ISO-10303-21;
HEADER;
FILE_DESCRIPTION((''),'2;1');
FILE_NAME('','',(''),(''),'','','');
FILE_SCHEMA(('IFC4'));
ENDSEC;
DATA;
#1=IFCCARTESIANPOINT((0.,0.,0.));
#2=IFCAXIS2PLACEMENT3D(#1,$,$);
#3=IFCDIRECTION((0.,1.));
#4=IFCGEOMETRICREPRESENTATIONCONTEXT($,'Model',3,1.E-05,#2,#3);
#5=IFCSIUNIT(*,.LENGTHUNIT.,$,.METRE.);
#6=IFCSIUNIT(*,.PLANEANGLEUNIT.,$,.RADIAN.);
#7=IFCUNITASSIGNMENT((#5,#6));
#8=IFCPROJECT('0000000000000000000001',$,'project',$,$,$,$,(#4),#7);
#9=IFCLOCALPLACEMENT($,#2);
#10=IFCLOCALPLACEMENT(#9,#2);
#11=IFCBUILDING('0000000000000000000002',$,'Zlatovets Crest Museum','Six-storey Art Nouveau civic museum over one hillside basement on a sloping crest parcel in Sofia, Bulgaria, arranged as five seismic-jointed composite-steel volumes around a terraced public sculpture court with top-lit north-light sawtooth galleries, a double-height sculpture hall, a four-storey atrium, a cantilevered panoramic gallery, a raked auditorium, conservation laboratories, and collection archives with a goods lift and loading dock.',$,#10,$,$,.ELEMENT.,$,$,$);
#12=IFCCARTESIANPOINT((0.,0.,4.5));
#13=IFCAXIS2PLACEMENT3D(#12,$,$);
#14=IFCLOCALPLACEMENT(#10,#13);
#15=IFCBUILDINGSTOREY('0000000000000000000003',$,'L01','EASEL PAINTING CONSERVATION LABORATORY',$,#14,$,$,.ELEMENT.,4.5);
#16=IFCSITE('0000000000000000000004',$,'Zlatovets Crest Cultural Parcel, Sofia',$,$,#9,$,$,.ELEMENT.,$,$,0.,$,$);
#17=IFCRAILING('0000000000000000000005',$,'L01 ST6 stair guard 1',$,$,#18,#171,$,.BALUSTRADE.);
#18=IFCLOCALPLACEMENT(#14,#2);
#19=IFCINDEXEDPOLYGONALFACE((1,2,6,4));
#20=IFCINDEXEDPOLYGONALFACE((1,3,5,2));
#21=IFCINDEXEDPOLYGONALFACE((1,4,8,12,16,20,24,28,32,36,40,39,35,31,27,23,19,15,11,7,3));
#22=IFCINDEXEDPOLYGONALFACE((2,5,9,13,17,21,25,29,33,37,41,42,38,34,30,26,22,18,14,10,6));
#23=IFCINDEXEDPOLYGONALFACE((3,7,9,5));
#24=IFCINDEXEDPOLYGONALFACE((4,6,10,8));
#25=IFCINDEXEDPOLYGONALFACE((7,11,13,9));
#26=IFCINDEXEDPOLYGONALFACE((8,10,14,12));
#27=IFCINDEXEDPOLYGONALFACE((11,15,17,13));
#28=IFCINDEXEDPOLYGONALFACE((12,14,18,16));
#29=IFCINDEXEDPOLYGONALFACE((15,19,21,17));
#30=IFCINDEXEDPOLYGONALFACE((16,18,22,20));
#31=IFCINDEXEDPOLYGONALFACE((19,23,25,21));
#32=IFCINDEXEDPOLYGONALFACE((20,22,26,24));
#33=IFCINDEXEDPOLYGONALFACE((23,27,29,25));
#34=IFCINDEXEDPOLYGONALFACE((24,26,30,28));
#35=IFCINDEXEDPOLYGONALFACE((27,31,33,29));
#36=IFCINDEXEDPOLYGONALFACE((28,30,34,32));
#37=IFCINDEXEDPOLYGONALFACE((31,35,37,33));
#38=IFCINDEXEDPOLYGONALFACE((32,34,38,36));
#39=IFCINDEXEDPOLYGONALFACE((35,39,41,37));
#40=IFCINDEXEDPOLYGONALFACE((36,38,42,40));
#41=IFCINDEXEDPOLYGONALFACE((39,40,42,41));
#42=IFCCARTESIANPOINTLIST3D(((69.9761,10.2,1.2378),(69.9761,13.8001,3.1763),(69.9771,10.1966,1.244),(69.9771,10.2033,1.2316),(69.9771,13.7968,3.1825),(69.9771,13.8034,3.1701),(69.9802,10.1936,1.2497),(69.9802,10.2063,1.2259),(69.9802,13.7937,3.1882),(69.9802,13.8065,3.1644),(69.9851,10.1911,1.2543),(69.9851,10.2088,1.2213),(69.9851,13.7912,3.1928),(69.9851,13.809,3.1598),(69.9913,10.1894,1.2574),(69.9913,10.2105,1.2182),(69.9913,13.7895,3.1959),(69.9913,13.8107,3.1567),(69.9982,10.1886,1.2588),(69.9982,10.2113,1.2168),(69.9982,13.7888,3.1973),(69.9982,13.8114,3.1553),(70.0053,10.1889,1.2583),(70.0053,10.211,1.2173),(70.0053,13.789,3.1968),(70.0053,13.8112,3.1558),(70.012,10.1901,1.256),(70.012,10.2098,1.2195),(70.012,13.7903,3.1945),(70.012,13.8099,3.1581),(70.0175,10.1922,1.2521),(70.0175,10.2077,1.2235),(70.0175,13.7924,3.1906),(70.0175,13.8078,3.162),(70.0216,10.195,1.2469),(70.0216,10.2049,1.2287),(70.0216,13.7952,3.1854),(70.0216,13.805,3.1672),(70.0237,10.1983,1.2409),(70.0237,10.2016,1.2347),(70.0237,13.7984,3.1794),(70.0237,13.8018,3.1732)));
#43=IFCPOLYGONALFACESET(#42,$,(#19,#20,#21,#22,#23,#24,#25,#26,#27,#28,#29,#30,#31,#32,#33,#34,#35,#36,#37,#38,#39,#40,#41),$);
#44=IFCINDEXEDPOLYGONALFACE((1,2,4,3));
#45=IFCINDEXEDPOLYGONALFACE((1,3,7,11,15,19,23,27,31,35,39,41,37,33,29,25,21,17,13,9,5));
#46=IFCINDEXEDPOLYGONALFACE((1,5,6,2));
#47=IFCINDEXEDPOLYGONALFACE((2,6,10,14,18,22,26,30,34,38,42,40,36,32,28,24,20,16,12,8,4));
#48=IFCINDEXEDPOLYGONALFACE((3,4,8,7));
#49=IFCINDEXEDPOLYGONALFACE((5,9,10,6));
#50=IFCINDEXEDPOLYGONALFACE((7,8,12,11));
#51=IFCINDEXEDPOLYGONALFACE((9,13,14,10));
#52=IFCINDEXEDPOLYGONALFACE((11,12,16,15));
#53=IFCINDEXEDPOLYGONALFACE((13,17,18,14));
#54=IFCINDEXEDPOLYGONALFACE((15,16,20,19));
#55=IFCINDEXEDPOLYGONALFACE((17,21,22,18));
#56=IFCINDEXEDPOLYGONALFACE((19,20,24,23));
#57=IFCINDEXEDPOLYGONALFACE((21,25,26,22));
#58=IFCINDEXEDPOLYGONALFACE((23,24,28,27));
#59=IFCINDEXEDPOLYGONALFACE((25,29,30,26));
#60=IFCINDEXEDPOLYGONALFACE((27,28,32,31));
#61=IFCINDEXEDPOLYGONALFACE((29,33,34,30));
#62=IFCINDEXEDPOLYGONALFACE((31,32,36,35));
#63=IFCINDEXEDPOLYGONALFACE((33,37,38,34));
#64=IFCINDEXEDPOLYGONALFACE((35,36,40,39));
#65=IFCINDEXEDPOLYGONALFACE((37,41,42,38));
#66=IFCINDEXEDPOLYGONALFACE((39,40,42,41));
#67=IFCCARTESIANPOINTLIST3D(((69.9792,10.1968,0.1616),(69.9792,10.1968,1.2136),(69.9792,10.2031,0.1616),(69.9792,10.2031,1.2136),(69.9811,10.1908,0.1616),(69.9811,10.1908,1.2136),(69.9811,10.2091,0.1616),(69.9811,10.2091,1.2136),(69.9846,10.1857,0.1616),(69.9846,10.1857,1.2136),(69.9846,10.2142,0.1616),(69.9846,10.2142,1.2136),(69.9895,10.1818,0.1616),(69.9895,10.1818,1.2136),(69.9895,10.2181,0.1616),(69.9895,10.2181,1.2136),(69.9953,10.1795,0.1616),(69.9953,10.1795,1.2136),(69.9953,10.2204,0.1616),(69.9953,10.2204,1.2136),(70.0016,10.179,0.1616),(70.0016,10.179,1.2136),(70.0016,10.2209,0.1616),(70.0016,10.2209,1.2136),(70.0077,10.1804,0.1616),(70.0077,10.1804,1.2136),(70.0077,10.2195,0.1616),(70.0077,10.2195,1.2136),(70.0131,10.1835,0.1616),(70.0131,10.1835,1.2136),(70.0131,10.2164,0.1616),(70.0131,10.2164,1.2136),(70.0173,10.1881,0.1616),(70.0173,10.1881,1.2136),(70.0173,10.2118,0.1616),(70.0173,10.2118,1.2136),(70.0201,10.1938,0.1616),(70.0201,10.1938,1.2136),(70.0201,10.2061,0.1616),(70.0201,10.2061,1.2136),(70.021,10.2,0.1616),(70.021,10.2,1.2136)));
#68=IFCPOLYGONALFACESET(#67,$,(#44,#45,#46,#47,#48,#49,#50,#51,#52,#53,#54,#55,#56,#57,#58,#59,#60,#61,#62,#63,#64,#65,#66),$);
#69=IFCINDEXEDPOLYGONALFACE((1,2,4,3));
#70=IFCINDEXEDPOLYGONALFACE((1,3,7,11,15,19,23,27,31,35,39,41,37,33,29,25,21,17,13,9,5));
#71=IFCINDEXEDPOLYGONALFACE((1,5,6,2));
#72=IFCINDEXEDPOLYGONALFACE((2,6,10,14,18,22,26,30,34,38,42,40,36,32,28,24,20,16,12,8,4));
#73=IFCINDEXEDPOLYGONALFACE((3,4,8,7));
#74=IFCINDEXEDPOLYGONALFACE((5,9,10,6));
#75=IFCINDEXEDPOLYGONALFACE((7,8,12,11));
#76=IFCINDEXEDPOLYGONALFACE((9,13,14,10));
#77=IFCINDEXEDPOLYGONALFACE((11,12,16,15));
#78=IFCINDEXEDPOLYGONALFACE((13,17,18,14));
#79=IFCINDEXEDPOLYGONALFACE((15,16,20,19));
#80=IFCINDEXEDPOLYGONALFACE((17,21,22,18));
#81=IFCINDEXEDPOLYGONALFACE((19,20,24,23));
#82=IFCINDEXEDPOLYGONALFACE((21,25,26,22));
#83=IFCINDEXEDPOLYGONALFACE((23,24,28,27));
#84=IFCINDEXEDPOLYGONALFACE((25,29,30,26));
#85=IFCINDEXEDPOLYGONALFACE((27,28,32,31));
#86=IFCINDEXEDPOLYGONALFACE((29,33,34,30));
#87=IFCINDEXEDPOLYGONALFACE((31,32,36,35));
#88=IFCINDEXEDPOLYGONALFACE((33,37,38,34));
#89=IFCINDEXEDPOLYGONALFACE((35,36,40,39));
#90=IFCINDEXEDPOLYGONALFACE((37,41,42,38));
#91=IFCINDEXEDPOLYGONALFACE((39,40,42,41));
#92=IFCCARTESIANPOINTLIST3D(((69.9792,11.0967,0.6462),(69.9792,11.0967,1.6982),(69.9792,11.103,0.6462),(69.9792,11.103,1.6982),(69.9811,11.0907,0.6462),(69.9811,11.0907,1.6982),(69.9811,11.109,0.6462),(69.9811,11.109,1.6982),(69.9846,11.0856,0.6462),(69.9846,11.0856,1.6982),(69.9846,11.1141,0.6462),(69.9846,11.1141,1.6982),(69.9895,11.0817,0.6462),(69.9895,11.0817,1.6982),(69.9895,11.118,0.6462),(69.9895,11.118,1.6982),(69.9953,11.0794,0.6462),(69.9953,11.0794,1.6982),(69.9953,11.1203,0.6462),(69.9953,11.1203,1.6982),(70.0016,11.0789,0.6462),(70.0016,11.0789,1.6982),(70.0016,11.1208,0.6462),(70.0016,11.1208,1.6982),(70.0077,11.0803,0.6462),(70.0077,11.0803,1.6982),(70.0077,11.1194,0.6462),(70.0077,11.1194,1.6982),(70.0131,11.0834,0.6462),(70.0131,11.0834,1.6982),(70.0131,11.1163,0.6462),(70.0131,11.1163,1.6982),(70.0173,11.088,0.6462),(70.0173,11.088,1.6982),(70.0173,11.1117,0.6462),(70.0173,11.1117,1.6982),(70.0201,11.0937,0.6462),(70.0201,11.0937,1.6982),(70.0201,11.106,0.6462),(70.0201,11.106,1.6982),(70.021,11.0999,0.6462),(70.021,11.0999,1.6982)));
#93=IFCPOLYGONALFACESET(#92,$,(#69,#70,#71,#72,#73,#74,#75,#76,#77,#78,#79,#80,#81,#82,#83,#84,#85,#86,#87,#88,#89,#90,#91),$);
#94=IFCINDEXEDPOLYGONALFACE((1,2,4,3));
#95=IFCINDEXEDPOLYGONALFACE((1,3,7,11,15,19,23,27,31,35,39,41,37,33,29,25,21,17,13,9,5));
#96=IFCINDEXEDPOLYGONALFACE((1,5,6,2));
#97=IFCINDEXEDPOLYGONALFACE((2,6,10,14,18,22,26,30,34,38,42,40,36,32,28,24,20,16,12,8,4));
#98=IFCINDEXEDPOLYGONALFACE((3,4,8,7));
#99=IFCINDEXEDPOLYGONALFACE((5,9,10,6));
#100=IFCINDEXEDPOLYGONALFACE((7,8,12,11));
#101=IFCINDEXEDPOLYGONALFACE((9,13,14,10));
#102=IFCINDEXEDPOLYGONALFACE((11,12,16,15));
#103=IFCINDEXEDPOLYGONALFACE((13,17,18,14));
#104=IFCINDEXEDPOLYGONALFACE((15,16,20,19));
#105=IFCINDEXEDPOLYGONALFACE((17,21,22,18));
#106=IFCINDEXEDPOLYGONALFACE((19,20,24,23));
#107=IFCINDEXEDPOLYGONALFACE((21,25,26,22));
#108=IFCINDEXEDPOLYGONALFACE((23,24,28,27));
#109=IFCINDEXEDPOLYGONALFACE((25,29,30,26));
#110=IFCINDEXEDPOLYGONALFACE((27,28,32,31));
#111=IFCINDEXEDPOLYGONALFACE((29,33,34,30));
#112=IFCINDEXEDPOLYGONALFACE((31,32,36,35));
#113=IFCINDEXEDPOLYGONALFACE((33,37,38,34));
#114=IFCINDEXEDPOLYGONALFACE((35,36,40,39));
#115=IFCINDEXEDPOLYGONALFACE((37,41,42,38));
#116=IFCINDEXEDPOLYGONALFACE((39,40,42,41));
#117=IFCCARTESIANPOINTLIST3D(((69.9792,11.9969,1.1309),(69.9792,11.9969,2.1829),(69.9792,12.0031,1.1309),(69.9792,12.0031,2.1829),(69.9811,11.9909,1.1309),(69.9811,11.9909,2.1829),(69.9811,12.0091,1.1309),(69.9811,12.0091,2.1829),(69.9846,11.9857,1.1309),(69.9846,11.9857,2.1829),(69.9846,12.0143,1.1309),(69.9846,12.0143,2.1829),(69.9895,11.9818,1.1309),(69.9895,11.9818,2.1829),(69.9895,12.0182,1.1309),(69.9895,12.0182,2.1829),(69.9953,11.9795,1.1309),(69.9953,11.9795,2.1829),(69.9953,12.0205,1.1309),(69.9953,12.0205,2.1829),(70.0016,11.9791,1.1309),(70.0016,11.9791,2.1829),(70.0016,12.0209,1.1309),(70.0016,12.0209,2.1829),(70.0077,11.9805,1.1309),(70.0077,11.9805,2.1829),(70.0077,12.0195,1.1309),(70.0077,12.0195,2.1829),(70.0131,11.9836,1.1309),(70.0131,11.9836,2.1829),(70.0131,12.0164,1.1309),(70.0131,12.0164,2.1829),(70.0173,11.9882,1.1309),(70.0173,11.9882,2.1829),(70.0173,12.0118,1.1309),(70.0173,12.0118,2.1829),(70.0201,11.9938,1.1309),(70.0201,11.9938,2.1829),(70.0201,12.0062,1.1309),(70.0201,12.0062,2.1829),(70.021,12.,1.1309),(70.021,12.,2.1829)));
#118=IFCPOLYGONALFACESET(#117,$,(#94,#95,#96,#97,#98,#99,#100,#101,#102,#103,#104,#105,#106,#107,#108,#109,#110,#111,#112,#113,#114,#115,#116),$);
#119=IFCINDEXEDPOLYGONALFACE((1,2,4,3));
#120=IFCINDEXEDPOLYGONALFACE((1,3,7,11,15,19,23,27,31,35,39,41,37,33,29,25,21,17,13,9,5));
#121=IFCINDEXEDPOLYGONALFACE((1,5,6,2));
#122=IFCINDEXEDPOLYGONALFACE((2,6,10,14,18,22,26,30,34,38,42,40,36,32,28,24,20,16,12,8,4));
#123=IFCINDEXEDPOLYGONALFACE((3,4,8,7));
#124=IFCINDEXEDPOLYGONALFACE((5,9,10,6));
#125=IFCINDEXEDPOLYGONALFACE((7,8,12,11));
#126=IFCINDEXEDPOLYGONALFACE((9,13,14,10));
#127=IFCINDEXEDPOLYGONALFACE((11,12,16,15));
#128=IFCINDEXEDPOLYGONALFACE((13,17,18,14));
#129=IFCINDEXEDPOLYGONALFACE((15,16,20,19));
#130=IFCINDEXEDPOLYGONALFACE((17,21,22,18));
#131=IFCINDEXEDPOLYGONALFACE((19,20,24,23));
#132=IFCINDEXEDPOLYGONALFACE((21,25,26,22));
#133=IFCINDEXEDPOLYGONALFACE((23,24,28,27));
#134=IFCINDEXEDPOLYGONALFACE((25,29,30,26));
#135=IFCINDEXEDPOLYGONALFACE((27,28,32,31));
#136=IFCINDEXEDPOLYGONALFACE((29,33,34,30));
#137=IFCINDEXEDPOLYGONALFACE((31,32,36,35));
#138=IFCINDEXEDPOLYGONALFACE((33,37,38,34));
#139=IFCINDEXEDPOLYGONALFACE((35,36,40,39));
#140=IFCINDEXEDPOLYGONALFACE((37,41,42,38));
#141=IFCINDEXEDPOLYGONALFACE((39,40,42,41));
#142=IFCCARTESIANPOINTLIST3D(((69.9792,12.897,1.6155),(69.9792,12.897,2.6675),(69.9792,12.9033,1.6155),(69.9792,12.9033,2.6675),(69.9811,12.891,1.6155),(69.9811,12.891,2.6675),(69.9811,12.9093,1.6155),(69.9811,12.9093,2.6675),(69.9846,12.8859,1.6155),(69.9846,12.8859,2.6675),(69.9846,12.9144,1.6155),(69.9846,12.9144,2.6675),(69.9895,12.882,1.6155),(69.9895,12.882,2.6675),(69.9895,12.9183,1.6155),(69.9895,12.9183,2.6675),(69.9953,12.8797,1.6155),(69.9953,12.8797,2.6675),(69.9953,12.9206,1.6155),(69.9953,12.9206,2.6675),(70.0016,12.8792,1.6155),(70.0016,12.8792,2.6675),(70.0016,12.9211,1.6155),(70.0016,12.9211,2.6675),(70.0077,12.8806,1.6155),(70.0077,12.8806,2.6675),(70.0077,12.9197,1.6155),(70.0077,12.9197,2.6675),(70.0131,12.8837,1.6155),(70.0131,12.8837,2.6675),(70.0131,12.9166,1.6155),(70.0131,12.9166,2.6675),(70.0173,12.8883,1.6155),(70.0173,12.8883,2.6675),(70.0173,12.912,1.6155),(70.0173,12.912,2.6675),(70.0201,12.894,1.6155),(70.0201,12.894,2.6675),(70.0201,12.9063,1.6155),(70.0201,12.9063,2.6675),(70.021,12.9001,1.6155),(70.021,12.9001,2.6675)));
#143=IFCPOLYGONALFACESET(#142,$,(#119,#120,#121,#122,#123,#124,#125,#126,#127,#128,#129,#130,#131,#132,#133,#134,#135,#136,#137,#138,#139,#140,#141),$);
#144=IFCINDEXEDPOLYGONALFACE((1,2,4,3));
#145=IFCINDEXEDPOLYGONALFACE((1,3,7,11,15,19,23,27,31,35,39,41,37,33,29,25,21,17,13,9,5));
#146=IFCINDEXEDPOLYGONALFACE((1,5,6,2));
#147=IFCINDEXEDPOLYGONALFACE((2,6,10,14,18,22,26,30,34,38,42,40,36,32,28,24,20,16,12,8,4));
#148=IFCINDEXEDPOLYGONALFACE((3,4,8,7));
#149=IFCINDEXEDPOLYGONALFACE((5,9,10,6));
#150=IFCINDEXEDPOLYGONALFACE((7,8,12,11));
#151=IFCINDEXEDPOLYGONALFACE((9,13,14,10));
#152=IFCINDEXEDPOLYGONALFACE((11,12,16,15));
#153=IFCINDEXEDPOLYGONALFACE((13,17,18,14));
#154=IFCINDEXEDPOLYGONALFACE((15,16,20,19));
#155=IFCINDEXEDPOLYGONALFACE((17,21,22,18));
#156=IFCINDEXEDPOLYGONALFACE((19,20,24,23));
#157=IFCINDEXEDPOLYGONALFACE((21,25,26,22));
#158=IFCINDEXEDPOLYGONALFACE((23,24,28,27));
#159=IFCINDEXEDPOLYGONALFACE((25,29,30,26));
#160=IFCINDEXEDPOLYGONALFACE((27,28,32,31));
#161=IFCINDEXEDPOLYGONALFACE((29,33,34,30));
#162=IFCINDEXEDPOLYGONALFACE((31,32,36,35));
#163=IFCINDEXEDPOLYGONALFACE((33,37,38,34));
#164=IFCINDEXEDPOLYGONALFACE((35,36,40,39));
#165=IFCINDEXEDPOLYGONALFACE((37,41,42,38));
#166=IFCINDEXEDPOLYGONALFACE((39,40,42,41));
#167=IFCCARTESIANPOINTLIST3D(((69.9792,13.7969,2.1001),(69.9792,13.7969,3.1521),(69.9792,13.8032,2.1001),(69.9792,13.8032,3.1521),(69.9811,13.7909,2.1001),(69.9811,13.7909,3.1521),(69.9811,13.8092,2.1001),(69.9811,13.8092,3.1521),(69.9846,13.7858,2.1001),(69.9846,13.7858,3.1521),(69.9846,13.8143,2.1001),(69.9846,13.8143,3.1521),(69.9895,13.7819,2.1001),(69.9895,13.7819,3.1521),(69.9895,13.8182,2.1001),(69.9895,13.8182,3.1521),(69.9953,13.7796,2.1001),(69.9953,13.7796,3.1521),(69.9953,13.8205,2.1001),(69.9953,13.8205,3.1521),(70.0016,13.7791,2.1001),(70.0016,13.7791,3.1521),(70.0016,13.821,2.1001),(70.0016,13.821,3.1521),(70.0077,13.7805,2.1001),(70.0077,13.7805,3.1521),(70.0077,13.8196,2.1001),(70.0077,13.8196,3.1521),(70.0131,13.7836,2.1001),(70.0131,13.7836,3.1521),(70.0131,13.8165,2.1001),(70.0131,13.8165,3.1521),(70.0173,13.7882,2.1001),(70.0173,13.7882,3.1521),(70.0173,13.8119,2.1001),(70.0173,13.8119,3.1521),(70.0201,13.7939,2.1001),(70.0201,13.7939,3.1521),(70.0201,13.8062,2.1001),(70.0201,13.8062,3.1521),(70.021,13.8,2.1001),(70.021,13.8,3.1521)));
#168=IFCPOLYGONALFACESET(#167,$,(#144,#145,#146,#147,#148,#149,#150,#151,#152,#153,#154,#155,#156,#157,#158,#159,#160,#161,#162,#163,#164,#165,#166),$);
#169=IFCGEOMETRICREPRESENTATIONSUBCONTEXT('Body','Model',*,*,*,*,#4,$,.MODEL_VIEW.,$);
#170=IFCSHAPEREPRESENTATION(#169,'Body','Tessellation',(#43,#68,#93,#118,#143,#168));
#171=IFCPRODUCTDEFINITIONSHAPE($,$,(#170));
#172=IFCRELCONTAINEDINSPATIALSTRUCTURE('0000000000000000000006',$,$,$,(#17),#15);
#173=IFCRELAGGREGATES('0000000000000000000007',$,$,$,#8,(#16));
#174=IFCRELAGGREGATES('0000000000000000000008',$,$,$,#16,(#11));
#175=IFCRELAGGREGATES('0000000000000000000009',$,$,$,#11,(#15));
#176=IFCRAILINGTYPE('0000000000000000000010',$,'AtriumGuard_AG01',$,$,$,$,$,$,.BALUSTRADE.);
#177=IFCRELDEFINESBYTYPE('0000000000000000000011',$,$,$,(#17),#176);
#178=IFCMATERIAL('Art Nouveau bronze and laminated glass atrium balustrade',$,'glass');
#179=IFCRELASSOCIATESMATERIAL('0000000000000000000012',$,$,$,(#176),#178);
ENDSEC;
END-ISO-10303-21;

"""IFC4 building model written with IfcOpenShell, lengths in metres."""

from ifc_helpers import new_model, si_unit, direction, frame, origin, origin_2d, place, context, subcontext, project, spatial, circle, extrude, material, type_object, element, save


model = new_model("IFC4")

# Units and contexts
model_context = context("Model", 3, precision=1e-05, world=origin(), true_north=direction((0.0, 1.0)))
body_context = subcontext(model_context, "Body", "Model", "MODEL_VIEW")
ifc_project = project(units=[si_unit("LENGTHUNIT", "METRE"), si_unit("PLANEANGLEUNIT", "RADIAN")], contexts=[model_context])

# Site, building, storey
site_placement = place(None, origin())
site = spatial("IfcSite", under=ifc_project, at=site_placement, Name="Zlatovets Crest Cultural Parcel, Sofia", CompositionType="ELEMENT", RefElevation=0.0)
building_placement = place(site_placement, origin())
building = spatial("IfcBuilding", under=site, at=building_placement, Name="Zlatovets Crest Museum", Description="Six-storey Art Nouveau civic museum over one hillside basement on a sloping crest parcel in Sofia, Bulgaria, arranged as five seismic-jointed composite-steel volumes around a terraced public sculpture court with top-lit north-light sawtooth galleries, a double-height sculpture hall, a four-storey atrium, a cantilevered panoramic gallery, a raked auditorium, conservation laboratories, and collection archives with a goods lift and loading dock.", CompositionType="ELEMENT")
storey_placement = place(building_placement, frame((0.0, 0.0, 4.5)))
storey = spatial("IfcBuildingStorey", under=building, at=storey_placement, Name="L01", Description="EASEL PAINTING CONSERVATION LABORATORY", CompositionType="ELEMENT", Elevation=4.5)

# Railing
ifc_material_1 = material(Name="Art Nouveau bronze and laminated glass atrium balustrade", Category="glass")
railing_type_1 = type_object("IfcRailingType", Name="AtriumGuard_AG01", PredefinedType="BALUSTRADE", material=ifc_material_1)
railing_1_placement = place(storey_placement, frame((70.0, 10.2, 0.1616)))
element("IfcRailing", 1, at=railing_1_placement, inside=storey, type_object=railing_type_1, Name="L01 ST6 stair guard 1", PredefinedType="BALUSTRADE", context=body_context, shape_type="SweptSolid", body=[
    extrude(circle(Radius=0.0239, at=origin_2d()), frame((0.0, 0.0, 1.0762), z_axis=(0.0, 0.880475, 0.474093), x_axis=(-1.0, 0.0, 0.0)), (0.0, 0.0, 1.0), 4.0889),
    extrude(circle(Radius=0.021, at=origin_2d()), origin(), (0.0, 0.0, 1.0), 1.052),
    extrude(circle(Radius=0.021, at=origin_2d()), frame((0.0, 0.8999, 0.4846)), (0.0, 0.0, 1.0), 1.052),
    extrude(circle(Radius=0.021, at=origin_2d()), frame((0.0, 1.8, 0.9692)), (0.0, 0.0, 1.0), 1.052),
    extrude(circle(Radius=0.021, at=origin_2d()), frame((0.0, 2.7002, 1.4539)), (0.0, 0.0, 1.0), 1.052),
    extrude(circle(Radius=0.021, at=origin_2d()), frame((0.0, 3.6001, 1.9385)), (0.0, 0.0, 1.0), 1.052),
])

save(model, "model.ifc")
